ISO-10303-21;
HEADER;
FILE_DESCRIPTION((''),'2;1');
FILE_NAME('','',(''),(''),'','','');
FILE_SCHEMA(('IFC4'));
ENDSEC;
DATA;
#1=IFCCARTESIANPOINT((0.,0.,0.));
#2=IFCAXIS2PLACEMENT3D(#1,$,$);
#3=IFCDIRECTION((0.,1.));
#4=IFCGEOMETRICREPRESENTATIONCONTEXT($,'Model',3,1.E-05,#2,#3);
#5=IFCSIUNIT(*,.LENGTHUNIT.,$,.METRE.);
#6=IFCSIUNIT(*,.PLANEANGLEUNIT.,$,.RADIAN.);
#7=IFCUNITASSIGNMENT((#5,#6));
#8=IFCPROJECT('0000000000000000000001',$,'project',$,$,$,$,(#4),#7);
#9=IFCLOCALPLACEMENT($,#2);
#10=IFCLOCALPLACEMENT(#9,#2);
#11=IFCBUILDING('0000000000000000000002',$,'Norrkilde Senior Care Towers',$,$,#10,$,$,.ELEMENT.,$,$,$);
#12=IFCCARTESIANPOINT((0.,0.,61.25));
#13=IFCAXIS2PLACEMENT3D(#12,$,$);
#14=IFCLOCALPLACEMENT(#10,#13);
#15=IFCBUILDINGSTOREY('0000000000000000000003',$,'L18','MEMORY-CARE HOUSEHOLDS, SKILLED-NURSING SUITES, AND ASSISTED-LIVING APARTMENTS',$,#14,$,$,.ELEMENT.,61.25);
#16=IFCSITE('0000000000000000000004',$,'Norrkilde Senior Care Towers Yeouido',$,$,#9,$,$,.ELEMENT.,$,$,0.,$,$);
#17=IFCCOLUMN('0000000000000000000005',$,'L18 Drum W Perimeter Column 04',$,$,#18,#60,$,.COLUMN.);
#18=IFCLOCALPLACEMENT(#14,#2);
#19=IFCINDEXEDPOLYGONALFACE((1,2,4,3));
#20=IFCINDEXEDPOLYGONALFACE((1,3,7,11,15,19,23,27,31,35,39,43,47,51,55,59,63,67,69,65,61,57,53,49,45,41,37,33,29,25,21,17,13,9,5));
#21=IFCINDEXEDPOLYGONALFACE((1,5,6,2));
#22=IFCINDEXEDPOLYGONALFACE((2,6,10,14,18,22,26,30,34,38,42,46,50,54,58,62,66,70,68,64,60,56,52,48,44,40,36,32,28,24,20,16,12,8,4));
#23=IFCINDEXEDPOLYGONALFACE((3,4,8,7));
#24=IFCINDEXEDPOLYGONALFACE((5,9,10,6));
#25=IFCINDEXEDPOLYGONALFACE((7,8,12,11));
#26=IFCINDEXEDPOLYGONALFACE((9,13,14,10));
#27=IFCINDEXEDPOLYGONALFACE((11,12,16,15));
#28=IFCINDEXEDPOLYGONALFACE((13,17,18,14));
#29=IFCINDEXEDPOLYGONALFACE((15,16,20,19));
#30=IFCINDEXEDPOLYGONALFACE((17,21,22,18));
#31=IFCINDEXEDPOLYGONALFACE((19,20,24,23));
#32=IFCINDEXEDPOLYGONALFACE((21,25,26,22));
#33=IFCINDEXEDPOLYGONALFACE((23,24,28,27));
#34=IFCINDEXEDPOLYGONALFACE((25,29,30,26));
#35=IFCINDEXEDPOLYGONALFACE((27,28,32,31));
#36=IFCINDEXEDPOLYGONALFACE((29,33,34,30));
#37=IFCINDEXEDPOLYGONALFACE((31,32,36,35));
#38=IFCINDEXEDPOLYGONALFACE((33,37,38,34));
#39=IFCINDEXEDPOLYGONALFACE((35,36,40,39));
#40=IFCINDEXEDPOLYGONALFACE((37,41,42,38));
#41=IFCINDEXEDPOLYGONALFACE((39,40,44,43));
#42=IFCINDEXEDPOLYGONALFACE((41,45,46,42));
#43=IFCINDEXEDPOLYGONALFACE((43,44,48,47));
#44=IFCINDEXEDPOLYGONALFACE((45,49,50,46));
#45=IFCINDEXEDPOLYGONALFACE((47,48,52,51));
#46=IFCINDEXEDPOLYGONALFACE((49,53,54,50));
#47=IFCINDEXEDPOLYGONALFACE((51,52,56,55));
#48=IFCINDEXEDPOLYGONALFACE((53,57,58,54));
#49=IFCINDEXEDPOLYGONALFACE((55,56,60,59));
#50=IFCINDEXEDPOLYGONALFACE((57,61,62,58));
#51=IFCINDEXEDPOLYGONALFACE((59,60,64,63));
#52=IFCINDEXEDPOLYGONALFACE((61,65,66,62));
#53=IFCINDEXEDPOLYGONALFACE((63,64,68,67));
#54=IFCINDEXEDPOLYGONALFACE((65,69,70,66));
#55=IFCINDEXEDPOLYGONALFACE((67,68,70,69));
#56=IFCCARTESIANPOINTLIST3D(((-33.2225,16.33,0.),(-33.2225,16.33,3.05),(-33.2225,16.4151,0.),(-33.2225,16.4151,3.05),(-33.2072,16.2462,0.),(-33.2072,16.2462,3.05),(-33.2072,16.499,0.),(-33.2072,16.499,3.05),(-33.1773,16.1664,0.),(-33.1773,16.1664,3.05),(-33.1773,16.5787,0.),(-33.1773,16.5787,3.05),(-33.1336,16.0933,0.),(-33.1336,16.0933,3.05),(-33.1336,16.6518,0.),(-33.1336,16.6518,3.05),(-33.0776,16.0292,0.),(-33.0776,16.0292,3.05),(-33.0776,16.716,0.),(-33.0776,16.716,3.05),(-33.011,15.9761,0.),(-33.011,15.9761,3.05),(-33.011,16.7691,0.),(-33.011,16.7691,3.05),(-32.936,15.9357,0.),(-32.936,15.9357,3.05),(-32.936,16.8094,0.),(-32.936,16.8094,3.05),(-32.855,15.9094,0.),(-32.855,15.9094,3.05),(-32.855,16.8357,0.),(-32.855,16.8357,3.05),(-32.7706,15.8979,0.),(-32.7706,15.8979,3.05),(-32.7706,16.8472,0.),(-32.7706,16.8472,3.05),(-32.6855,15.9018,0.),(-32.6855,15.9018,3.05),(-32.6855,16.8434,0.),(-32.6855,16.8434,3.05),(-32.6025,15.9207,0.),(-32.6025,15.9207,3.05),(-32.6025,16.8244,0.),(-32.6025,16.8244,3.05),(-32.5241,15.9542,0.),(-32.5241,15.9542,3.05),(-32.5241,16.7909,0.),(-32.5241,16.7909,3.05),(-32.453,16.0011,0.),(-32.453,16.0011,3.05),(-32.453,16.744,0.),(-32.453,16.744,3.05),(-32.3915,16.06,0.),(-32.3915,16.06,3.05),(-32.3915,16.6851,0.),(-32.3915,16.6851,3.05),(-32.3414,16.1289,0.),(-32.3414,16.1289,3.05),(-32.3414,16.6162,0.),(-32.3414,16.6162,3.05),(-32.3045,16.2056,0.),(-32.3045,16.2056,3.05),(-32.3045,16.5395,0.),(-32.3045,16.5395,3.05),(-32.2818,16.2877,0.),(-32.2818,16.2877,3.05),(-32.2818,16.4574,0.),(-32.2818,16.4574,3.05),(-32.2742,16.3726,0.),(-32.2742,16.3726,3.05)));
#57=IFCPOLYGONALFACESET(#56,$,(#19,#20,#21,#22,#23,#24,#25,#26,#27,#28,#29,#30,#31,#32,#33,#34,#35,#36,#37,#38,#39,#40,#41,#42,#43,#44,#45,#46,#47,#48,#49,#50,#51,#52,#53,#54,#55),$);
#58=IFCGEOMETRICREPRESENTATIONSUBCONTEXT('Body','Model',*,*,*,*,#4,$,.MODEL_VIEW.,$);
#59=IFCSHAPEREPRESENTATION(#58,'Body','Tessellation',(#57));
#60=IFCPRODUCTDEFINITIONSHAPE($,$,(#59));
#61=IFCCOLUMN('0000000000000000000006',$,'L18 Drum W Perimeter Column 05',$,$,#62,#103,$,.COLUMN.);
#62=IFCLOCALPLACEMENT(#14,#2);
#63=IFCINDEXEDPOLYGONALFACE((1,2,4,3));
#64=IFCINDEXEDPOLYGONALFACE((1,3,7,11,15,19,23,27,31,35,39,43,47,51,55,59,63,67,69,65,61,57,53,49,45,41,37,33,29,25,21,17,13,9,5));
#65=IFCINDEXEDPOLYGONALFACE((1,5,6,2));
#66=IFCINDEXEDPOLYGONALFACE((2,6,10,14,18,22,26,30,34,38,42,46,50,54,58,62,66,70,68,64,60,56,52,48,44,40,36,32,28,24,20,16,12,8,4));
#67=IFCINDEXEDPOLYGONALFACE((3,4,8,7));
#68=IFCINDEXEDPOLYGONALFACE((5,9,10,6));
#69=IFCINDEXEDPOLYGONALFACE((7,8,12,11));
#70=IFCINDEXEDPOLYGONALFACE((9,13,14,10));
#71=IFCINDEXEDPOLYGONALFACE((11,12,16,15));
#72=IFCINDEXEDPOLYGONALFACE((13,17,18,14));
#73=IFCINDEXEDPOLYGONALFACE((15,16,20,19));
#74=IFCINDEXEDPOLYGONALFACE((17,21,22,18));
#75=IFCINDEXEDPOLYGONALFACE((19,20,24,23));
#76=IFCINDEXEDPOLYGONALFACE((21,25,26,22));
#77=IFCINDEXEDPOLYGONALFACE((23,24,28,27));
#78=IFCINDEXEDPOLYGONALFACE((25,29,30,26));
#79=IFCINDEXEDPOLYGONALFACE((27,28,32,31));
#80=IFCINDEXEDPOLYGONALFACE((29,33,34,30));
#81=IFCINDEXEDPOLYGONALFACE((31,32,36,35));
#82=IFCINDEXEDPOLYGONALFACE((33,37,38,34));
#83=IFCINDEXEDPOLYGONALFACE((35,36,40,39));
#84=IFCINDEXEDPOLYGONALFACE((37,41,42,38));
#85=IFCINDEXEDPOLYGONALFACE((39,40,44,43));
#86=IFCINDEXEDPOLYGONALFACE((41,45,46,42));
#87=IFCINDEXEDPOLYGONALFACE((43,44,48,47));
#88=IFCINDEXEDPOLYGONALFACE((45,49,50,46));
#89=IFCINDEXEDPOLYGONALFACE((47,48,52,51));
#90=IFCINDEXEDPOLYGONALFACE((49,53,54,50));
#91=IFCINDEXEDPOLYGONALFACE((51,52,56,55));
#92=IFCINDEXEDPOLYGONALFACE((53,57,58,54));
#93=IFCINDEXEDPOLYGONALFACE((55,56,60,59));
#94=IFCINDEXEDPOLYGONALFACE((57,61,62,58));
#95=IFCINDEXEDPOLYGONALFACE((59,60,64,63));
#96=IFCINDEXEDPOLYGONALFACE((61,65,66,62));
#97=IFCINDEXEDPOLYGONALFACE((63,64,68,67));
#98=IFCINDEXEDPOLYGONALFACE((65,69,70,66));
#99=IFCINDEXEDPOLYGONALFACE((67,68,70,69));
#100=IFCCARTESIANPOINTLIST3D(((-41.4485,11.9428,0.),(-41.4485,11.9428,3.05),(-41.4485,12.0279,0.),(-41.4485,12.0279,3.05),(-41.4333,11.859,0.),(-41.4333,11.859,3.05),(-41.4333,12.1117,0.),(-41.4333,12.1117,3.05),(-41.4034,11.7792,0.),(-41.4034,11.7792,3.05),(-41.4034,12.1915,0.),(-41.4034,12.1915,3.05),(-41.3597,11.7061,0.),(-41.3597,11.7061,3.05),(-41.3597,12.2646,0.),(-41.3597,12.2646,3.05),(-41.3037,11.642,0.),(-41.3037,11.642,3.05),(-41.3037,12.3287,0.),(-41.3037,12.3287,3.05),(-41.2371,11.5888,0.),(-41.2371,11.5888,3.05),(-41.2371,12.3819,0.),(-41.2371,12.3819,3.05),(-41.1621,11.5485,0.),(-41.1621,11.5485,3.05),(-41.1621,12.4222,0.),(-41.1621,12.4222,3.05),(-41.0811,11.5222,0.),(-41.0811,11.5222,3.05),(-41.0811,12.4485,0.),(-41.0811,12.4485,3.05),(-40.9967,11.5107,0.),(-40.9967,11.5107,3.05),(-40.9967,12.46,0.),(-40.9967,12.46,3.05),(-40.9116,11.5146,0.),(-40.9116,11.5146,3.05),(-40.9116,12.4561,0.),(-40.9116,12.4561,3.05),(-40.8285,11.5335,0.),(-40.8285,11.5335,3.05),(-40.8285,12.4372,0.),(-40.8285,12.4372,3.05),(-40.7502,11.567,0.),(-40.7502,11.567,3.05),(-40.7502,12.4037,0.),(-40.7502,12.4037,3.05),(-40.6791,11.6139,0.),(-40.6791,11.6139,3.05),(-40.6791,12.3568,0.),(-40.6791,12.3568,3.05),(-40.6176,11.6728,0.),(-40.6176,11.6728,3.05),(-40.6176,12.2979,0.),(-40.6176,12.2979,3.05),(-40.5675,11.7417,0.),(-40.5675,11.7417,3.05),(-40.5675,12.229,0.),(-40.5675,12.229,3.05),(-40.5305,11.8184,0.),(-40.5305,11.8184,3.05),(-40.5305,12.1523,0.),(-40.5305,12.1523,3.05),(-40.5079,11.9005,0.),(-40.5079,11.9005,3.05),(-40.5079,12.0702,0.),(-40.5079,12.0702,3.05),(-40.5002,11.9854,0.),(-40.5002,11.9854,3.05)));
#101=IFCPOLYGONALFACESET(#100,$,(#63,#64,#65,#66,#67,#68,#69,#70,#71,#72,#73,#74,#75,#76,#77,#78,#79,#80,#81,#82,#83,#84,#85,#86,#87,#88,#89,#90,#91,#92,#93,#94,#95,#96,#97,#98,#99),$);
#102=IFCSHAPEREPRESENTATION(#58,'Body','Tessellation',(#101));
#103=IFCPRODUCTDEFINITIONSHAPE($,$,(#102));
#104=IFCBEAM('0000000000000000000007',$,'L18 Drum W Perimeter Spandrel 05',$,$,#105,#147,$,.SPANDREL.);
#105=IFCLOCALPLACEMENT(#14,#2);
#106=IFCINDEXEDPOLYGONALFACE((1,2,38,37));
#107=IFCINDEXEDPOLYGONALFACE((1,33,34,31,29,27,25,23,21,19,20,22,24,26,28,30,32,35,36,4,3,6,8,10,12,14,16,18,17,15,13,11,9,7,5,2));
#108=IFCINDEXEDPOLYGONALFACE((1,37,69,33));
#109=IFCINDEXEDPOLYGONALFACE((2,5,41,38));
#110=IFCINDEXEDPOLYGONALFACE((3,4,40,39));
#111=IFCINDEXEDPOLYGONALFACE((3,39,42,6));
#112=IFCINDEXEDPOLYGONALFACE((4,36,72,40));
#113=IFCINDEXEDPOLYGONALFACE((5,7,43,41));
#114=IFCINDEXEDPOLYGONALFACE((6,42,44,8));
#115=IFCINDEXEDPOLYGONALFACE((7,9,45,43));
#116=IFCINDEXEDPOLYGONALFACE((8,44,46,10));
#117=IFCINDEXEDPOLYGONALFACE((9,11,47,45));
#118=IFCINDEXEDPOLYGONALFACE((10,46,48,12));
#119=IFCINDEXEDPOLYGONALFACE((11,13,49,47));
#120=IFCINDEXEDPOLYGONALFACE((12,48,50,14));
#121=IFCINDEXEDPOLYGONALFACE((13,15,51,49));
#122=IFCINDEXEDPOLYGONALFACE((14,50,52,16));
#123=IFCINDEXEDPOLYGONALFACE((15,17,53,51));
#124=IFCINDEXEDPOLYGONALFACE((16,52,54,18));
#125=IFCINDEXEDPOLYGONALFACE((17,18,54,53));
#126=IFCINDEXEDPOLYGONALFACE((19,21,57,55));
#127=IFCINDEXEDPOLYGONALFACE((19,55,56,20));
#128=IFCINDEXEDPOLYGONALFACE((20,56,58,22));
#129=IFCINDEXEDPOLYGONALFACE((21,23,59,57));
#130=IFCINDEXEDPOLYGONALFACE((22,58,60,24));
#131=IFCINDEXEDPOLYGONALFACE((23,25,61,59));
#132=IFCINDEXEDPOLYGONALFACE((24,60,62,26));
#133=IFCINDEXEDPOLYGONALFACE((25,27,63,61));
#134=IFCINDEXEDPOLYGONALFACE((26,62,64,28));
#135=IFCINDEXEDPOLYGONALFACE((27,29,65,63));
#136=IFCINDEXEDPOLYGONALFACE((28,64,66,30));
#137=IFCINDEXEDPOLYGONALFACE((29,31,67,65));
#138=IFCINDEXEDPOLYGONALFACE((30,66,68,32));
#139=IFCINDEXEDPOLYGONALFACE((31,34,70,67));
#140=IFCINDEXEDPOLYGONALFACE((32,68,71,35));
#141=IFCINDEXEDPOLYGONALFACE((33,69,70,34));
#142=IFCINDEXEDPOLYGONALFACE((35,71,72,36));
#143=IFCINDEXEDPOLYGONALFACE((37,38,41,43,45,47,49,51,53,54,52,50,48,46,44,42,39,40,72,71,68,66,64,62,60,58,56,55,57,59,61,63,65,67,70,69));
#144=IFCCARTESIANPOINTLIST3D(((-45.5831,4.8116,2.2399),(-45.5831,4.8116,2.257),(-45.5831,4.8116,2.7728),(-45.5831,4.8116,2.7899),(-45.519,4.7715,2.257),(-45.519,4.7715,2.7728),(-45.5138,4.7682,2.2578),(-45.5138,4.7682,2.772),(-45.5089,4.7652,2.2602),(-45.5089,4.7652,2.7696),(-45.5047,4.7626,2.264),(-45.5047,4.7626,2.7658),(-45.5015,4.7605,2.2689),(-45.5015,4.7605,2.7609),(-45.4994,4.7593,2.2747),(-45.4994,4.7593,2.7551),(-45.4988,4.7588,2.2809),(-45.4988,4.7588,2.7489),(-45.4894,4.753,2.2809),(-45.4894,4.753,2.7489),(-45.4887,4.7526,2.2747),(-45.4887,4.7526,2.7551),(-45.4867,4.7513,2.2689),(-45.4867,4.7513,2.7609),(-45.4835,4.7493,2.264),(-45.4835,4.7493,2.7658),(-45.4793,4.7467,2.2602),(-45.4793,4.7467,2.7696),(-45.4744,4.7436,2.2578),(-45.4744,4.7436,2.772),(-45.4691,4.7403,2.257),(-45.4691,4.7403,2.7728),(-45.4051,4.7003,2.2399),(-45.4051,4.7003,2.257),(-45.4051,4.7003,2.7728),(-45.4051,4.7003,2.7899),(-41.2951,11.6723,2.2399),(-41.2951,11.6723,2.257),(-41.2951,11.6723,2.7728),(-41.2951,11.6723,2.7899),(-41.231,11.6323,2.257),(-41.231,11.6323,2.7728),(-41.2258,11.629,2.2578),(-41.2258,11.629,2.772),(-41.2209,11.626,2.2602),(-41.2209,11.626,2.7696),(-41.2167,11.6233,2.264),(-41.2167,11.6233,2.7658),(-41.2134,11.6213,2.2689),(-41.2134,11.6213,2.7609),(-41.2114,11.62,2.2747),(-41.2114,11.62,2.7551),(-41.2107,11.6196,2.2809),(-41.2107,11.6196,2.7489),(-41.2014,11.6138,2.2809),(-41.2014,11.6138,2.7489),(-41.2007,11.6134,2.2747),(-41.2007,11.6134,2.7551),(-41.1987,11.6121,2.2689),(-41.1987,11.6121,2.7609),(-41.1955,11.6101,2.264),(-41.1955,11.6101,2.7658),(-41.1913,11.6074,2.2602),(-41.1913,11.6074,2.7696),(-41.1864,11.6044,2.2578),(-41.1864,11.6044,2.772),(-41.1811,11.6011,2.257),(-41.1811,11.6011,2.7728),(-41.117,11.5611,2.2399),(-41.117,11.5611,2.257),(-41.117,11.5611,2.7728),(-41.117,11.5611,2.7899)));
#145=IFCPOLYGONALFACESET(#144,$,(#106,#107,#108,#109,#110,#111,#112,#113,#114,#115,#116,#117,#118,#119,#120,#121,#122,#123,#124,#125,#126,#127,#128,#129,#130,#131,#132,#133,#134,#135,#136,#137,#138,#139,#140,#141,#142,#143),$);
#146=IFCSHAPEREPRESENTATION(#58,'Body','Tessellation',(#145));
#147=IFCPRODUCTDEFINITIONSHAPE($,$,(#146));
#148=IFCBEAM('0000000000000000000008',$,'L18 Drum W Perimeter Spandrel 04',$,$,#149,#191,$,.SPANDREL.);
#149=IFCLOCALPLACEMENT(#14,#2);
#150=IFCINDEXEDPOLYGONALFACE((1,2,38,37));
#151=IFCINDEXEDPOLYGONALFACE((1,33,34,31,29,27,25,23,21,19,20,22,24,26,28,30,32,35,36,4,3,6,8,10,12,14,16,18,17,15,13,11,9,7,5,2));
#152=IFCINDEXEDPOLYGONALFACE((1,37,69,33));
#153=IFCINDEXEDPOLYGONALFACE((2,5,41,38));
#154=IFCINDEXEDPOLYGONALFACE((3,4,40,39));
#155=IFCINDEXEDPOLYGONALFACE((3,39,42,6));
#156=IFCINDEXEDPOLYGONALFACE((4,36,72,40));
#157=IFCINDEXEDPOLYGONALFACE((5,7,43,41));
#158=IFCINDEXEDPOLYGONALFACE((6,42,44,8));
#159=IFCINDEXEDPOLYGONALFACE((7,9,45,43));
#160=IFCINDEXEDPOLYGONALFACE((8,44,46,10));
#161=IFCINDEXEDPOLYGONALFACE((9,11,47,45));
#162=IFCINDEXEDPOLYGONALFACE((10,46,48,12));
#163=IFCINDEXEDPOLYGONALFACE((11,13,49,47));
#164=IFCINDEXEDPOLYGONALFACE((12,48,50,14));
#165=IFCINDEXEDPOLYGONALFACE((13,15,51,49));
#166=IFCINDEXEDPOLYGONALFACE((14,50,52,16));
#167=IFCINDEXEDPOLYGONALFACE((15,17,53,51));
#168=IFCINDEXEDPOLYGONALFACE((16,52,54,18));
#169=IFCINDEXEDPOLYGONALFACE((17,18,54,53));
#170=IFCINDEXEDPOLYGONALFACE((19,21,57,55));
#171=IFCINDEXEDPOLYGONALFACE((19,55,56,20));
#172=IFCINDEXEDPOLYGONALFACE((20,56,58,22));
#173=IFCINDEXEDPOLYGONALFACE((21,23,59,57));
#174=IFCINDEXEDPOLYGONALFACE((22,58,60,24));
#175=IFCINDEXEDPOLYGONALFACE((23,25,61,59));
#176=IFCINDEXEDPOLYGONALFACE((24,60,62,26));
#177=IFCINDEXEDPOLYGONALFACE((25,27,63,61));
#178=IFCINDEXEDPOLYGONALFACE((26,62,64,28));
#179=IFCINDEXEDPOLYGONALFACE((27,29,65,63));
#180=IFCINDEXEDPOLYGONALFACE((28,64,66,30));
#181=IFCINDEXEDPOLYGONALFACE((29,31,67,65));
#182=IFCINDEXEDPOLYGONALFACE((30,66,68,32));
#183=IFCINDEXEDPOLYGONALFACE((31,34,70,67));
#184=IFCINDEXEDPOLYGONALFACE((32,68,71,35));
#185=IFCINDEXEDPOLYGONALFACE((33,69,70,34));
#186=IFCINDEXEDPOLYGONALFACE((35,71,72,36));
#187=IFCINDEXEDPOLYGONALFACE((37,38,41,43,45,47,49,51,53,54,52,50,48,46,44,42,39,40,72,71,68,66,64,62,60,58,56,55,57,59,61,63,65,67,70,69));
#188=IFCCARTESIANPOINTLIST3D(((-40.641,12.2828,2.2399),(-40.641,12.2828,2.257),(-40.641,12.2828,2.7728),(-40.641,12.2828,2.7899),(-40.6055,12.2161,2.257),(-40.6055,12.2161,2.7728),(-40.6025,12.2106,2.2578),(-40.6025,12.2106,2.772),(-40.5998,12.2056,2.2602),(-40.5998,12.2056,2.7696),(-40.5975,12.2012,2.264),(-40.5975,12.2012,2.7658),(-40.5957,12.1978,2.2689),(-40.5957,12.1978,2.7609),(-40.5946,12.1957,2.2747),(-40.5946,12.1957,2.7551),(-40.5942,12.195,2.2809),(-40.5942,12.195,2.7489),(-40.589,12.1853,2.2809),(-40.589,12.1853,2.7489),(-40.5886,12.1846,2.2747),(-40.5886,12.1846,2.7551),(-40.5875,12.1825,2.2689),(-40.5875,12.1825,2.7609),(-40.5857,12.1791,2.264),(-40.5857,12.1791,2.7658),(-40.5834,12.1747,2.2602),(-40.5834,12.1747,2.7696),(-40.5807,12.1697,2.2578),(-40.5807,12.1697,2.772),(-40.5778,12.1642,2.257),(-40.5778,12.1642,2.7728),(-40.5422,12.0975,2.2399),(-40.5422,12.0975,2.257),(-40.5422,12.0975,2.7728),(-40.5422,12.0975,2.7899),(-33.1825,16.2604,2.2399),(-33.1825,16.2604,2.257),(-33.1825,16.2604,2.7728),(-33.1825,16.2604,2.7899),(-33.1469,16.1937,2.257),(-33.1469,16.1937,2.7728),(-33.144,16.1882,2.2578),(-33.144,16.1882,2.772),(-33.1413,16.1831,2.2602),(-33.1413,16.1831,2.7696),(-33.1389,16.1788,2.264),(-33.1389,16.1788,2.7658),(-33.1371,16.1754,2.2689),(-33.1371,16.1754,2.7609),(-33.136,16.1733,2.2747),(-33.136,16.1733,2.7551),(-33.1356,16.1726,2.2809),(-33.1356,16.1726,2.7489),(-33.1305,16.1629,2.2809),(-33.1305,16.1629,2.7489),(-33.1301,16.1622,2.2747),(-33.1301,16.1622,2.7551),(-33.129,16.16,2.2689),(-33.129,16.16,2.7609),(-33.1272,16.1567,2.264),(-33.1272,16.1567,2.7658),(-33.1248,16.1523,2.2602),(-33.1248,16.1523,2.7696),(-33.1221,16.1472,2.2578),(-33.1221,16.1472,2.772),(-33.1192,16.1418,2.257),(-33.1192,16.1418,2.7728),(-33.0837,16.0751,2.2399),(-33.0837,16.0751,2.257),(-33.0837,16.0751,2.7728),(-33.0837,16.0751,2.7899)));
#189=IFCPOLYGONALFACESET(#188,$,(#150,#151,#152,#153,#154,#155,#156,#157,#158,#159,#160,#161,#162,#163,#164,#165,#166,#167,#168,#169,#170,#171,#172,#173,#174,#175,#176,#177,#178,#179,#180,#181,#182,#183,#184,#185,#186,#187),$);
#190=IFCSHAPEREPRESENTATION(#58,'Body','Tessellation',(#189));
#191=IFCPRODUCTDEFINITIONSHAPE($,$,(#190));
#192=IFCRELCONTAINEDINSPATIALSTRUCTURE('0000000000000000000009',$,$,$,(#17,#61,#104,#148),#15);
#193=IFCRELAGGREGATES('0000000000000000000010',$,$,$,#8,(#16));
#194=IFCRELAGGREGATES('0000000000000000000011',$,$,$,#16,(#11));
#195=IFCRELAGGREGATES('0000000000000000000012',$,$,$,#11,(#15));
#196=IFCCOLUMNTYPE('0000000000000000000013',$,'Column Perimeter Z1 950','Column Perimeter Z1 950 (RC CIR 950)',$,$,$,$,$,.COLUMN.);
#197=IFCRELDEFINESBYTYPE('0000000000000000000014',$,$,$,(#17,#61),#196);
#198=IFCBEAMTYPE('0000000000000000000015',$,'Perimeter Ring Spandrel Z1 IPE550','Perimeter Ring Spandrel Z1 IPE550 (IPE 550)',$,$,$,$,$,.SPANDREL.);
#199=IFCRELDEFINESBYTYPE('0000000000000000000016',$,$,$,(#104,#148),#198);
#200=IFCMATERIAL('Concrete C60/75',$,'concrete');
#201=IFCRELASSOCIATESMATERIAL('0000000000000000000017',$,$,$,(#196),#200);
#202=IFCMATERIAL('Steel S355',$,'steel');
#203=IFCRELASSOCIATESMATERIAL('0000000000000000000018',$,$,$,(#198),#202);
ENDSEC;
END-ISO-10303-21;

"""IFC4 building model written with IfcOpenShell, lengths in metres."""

from ifc_helpers import new_model, si_unit, direction, frame, origin, origin_2d, place, context, subcontext, project, spatial, circle, i_section, extrude, source, transform, mapped, material, material_profile, profile_set, type_object, type_shapes, element, save


model = new_model("IFC4")

# Units and contexts
model_context = context("Model", 3, precision=1e-05, world=origin(), true_north=direction((0.0, 1.0)))
body_context = subcontext(model_context, "Body", "Model", "MODEL_VIEW")
ifc_project = project(units=[si_unit("LENGTHUNIT", "METRE"), si_unit("PLANEANGLEUNIT", "RADIAN")], contexts=[model_context])

# Site, building, storey
site_placement = place(None, origin())
site = spatial("IfcSite", under=ifc_project, at=site_placement, Name="Norrkilde Senior Care Towers Yeouido", CompositionType="ELEMENT", RefElevation=0.0)
building_placement = place(site_placement, origin())
building = spatial("IfcBuilding", under=site, at=building_placement, Name="Norrkilde Senior Care Towers", CompositionType="ELEMENT")
storey_placement = place(building_placement, frame((0.0, 0.0, 61.25)))
storey = spatial("IfcBuildingStorey", under=building, at=storey_placement, Name="L18", Description="MEMORY-CARE HOUSEHOLDS, SKILLED-NURSING SUITES, AND ASSISTED-LIVING APARTMENTS", CompositionType="ELEMENT", Elevation=61.25)

# Columns
ifc_material_1 = material(Name="Concrete C60/75", Category="concrete")
ifc_material_profile_1 = material_profile(ifc_material_1, circle(Radius=0.4751, at=origin_2d()), Name="RC CIR 950")
ifc_profile_set_1 = profile_set([ifc_material_profile_1], Name="Concrete C60/75")
column_type = type_object("IfcColumnType", Name="Column Perimeter Z1 950", Description="Column Perimeter Z1 950 (RC CIR 950)", PredefinedType="COLUMN", material=ifc_profile_set_1)
shared_shape_1 = source(origin(), body_context, "Body", "SweptSolid", [
    extrude(circle(Radius=0.4751, at=origin_2d()), origin(), (0.0, 0.0, 1.0), 3.05),
])
type_shapes(column_type, [shared_shape_1])
for number, where, z_axis, x_axis, name in (
    (1, (-32.7493, 16.3726, 0.0), (0.0, 0.0, 1.0), (1.0, 0.0, 0.0), "L18 Drum W Perimeter Column 04"),
    (2, (-40.9753, 11.9854, 0.0), (0.0, 0.0, 1.0), (1.0, 0.0, 0.0), "L18 Drum W Perimeter Column 05"),
):
    element("IfcColumn", number, at=place(storey_placement, frame(where, z_axis=z_axis, x_axis=x_axis)), inside=storey, type_object=column_type, Name=name, PredefinedType="COLUMN", context=body_context, shape_type="MappedRepresentation", body=[
        mapped(shared_shape_1, transform((0.0, 0.0, 0.0), x_axis=(1.0, 0.0, 0.0), y_axis=(0.0, 1.0, 0.0), z_axis=(0.0, 0.0, 1.0), scale=1.0)),
    ])

# Beams
ifc_material_2 = material(Name="Steel S355", Category="steel")
ifc_material_profile_2 = material_profile(ifc_material_2, i_section(OverallWidth=0.21, OverallDepth=0.55, WebThickness=0.011, FlangeThickness=0.0171, FilletRadius=0.0239, at=origin_2d()), Name="IPE 550")
ifc_profile_set_2 = profile_set([ifc_material_profile_2], Name="Steel S355")
beam_type_1 = type_object("IfcBeamType", Name="Perimeter Ring Spandrel Z1 IPE550", Description="Perimeter Ring Spandrel Z1 IPE550 (IPE 550)", PredefinedType="SPANDREL", material=ifc_profile_set_2)
shared_shape_2 = source(origin(), body_context, "Body", "SweptSolid", [
    extrude(i_section(OverallWidth=0.21, OverallDepth=0.55, WebThickness=0.011, FlangeThickness=0.0171, FilletRadius=0.0239, at=origin_2d()), origin(), (0.0, 0.0, 1.0), 8.0906),
])
beam_1_placement = place(storey_placement, frame((-41.2061, 11.6167, 2.5149), z_axis=(-0.530004, -0.847995, 0.0), x_axis=(0.847995, -0.530004, 0.0)))
element("IfcBeam", 3, at=beam_1_placement, inside=storey, type_object=beam_type_1, Name="L18 Drum W Perimeter Spandrel 05", PredefinedType="SPANDREL", context=body_context, shape_type="MappedRepresentation", body=[
    mapped(shared_shape_2, transform((0.0, 0.0, 0.0), x_axis=(1.0, 0.0, 0.0), y_axis=(0.0, 1.0, 0.0), z_axis=(0.0, 0.0, 1.0), scale=1.0)),
])
shared_shape_3 = source(origin(), body_context, "Body", "SweptSolid", [
    extrude(i_section(OverallWidth=0.21, OverallDepth=0.55, WebThickness=0.011, FlangeThickness=0.0171, FilletRadius=0.0239, at=origin_2d()), origin(), (0.0, 0.0, 1.0), 8.4529),
])
type_shapes(beam_type_1, [shared_shape_2, shared_shape_3])
beam_2_placement = place(storey_placement, frame((-33.1331, 16.1677, 2.5149), z_axis=(-0.882369, -0.470558, 0.0), x_axis=(0.470558, -0.882369, 0.0)))
element("IfcBeam", 4, at=beam_2_placement, inside=storey, type_object=beam_type_1, Name="L18 Drum W Perimeter Spandrel 04", PredefinedType="SPANDREL", context=body_context, shape_type="MappedRepresentation", body=[
    mapped(shared_shape_3, transform((0.0, 0.0, 0.0), x_axis=(1.0, 0.0, 0.0), y_axis=(0.0, 1.0, 0.0), z_axis=(0.0, 0.0, 1.0), scale=1.0)),
])

save(model, "model.ifc")
